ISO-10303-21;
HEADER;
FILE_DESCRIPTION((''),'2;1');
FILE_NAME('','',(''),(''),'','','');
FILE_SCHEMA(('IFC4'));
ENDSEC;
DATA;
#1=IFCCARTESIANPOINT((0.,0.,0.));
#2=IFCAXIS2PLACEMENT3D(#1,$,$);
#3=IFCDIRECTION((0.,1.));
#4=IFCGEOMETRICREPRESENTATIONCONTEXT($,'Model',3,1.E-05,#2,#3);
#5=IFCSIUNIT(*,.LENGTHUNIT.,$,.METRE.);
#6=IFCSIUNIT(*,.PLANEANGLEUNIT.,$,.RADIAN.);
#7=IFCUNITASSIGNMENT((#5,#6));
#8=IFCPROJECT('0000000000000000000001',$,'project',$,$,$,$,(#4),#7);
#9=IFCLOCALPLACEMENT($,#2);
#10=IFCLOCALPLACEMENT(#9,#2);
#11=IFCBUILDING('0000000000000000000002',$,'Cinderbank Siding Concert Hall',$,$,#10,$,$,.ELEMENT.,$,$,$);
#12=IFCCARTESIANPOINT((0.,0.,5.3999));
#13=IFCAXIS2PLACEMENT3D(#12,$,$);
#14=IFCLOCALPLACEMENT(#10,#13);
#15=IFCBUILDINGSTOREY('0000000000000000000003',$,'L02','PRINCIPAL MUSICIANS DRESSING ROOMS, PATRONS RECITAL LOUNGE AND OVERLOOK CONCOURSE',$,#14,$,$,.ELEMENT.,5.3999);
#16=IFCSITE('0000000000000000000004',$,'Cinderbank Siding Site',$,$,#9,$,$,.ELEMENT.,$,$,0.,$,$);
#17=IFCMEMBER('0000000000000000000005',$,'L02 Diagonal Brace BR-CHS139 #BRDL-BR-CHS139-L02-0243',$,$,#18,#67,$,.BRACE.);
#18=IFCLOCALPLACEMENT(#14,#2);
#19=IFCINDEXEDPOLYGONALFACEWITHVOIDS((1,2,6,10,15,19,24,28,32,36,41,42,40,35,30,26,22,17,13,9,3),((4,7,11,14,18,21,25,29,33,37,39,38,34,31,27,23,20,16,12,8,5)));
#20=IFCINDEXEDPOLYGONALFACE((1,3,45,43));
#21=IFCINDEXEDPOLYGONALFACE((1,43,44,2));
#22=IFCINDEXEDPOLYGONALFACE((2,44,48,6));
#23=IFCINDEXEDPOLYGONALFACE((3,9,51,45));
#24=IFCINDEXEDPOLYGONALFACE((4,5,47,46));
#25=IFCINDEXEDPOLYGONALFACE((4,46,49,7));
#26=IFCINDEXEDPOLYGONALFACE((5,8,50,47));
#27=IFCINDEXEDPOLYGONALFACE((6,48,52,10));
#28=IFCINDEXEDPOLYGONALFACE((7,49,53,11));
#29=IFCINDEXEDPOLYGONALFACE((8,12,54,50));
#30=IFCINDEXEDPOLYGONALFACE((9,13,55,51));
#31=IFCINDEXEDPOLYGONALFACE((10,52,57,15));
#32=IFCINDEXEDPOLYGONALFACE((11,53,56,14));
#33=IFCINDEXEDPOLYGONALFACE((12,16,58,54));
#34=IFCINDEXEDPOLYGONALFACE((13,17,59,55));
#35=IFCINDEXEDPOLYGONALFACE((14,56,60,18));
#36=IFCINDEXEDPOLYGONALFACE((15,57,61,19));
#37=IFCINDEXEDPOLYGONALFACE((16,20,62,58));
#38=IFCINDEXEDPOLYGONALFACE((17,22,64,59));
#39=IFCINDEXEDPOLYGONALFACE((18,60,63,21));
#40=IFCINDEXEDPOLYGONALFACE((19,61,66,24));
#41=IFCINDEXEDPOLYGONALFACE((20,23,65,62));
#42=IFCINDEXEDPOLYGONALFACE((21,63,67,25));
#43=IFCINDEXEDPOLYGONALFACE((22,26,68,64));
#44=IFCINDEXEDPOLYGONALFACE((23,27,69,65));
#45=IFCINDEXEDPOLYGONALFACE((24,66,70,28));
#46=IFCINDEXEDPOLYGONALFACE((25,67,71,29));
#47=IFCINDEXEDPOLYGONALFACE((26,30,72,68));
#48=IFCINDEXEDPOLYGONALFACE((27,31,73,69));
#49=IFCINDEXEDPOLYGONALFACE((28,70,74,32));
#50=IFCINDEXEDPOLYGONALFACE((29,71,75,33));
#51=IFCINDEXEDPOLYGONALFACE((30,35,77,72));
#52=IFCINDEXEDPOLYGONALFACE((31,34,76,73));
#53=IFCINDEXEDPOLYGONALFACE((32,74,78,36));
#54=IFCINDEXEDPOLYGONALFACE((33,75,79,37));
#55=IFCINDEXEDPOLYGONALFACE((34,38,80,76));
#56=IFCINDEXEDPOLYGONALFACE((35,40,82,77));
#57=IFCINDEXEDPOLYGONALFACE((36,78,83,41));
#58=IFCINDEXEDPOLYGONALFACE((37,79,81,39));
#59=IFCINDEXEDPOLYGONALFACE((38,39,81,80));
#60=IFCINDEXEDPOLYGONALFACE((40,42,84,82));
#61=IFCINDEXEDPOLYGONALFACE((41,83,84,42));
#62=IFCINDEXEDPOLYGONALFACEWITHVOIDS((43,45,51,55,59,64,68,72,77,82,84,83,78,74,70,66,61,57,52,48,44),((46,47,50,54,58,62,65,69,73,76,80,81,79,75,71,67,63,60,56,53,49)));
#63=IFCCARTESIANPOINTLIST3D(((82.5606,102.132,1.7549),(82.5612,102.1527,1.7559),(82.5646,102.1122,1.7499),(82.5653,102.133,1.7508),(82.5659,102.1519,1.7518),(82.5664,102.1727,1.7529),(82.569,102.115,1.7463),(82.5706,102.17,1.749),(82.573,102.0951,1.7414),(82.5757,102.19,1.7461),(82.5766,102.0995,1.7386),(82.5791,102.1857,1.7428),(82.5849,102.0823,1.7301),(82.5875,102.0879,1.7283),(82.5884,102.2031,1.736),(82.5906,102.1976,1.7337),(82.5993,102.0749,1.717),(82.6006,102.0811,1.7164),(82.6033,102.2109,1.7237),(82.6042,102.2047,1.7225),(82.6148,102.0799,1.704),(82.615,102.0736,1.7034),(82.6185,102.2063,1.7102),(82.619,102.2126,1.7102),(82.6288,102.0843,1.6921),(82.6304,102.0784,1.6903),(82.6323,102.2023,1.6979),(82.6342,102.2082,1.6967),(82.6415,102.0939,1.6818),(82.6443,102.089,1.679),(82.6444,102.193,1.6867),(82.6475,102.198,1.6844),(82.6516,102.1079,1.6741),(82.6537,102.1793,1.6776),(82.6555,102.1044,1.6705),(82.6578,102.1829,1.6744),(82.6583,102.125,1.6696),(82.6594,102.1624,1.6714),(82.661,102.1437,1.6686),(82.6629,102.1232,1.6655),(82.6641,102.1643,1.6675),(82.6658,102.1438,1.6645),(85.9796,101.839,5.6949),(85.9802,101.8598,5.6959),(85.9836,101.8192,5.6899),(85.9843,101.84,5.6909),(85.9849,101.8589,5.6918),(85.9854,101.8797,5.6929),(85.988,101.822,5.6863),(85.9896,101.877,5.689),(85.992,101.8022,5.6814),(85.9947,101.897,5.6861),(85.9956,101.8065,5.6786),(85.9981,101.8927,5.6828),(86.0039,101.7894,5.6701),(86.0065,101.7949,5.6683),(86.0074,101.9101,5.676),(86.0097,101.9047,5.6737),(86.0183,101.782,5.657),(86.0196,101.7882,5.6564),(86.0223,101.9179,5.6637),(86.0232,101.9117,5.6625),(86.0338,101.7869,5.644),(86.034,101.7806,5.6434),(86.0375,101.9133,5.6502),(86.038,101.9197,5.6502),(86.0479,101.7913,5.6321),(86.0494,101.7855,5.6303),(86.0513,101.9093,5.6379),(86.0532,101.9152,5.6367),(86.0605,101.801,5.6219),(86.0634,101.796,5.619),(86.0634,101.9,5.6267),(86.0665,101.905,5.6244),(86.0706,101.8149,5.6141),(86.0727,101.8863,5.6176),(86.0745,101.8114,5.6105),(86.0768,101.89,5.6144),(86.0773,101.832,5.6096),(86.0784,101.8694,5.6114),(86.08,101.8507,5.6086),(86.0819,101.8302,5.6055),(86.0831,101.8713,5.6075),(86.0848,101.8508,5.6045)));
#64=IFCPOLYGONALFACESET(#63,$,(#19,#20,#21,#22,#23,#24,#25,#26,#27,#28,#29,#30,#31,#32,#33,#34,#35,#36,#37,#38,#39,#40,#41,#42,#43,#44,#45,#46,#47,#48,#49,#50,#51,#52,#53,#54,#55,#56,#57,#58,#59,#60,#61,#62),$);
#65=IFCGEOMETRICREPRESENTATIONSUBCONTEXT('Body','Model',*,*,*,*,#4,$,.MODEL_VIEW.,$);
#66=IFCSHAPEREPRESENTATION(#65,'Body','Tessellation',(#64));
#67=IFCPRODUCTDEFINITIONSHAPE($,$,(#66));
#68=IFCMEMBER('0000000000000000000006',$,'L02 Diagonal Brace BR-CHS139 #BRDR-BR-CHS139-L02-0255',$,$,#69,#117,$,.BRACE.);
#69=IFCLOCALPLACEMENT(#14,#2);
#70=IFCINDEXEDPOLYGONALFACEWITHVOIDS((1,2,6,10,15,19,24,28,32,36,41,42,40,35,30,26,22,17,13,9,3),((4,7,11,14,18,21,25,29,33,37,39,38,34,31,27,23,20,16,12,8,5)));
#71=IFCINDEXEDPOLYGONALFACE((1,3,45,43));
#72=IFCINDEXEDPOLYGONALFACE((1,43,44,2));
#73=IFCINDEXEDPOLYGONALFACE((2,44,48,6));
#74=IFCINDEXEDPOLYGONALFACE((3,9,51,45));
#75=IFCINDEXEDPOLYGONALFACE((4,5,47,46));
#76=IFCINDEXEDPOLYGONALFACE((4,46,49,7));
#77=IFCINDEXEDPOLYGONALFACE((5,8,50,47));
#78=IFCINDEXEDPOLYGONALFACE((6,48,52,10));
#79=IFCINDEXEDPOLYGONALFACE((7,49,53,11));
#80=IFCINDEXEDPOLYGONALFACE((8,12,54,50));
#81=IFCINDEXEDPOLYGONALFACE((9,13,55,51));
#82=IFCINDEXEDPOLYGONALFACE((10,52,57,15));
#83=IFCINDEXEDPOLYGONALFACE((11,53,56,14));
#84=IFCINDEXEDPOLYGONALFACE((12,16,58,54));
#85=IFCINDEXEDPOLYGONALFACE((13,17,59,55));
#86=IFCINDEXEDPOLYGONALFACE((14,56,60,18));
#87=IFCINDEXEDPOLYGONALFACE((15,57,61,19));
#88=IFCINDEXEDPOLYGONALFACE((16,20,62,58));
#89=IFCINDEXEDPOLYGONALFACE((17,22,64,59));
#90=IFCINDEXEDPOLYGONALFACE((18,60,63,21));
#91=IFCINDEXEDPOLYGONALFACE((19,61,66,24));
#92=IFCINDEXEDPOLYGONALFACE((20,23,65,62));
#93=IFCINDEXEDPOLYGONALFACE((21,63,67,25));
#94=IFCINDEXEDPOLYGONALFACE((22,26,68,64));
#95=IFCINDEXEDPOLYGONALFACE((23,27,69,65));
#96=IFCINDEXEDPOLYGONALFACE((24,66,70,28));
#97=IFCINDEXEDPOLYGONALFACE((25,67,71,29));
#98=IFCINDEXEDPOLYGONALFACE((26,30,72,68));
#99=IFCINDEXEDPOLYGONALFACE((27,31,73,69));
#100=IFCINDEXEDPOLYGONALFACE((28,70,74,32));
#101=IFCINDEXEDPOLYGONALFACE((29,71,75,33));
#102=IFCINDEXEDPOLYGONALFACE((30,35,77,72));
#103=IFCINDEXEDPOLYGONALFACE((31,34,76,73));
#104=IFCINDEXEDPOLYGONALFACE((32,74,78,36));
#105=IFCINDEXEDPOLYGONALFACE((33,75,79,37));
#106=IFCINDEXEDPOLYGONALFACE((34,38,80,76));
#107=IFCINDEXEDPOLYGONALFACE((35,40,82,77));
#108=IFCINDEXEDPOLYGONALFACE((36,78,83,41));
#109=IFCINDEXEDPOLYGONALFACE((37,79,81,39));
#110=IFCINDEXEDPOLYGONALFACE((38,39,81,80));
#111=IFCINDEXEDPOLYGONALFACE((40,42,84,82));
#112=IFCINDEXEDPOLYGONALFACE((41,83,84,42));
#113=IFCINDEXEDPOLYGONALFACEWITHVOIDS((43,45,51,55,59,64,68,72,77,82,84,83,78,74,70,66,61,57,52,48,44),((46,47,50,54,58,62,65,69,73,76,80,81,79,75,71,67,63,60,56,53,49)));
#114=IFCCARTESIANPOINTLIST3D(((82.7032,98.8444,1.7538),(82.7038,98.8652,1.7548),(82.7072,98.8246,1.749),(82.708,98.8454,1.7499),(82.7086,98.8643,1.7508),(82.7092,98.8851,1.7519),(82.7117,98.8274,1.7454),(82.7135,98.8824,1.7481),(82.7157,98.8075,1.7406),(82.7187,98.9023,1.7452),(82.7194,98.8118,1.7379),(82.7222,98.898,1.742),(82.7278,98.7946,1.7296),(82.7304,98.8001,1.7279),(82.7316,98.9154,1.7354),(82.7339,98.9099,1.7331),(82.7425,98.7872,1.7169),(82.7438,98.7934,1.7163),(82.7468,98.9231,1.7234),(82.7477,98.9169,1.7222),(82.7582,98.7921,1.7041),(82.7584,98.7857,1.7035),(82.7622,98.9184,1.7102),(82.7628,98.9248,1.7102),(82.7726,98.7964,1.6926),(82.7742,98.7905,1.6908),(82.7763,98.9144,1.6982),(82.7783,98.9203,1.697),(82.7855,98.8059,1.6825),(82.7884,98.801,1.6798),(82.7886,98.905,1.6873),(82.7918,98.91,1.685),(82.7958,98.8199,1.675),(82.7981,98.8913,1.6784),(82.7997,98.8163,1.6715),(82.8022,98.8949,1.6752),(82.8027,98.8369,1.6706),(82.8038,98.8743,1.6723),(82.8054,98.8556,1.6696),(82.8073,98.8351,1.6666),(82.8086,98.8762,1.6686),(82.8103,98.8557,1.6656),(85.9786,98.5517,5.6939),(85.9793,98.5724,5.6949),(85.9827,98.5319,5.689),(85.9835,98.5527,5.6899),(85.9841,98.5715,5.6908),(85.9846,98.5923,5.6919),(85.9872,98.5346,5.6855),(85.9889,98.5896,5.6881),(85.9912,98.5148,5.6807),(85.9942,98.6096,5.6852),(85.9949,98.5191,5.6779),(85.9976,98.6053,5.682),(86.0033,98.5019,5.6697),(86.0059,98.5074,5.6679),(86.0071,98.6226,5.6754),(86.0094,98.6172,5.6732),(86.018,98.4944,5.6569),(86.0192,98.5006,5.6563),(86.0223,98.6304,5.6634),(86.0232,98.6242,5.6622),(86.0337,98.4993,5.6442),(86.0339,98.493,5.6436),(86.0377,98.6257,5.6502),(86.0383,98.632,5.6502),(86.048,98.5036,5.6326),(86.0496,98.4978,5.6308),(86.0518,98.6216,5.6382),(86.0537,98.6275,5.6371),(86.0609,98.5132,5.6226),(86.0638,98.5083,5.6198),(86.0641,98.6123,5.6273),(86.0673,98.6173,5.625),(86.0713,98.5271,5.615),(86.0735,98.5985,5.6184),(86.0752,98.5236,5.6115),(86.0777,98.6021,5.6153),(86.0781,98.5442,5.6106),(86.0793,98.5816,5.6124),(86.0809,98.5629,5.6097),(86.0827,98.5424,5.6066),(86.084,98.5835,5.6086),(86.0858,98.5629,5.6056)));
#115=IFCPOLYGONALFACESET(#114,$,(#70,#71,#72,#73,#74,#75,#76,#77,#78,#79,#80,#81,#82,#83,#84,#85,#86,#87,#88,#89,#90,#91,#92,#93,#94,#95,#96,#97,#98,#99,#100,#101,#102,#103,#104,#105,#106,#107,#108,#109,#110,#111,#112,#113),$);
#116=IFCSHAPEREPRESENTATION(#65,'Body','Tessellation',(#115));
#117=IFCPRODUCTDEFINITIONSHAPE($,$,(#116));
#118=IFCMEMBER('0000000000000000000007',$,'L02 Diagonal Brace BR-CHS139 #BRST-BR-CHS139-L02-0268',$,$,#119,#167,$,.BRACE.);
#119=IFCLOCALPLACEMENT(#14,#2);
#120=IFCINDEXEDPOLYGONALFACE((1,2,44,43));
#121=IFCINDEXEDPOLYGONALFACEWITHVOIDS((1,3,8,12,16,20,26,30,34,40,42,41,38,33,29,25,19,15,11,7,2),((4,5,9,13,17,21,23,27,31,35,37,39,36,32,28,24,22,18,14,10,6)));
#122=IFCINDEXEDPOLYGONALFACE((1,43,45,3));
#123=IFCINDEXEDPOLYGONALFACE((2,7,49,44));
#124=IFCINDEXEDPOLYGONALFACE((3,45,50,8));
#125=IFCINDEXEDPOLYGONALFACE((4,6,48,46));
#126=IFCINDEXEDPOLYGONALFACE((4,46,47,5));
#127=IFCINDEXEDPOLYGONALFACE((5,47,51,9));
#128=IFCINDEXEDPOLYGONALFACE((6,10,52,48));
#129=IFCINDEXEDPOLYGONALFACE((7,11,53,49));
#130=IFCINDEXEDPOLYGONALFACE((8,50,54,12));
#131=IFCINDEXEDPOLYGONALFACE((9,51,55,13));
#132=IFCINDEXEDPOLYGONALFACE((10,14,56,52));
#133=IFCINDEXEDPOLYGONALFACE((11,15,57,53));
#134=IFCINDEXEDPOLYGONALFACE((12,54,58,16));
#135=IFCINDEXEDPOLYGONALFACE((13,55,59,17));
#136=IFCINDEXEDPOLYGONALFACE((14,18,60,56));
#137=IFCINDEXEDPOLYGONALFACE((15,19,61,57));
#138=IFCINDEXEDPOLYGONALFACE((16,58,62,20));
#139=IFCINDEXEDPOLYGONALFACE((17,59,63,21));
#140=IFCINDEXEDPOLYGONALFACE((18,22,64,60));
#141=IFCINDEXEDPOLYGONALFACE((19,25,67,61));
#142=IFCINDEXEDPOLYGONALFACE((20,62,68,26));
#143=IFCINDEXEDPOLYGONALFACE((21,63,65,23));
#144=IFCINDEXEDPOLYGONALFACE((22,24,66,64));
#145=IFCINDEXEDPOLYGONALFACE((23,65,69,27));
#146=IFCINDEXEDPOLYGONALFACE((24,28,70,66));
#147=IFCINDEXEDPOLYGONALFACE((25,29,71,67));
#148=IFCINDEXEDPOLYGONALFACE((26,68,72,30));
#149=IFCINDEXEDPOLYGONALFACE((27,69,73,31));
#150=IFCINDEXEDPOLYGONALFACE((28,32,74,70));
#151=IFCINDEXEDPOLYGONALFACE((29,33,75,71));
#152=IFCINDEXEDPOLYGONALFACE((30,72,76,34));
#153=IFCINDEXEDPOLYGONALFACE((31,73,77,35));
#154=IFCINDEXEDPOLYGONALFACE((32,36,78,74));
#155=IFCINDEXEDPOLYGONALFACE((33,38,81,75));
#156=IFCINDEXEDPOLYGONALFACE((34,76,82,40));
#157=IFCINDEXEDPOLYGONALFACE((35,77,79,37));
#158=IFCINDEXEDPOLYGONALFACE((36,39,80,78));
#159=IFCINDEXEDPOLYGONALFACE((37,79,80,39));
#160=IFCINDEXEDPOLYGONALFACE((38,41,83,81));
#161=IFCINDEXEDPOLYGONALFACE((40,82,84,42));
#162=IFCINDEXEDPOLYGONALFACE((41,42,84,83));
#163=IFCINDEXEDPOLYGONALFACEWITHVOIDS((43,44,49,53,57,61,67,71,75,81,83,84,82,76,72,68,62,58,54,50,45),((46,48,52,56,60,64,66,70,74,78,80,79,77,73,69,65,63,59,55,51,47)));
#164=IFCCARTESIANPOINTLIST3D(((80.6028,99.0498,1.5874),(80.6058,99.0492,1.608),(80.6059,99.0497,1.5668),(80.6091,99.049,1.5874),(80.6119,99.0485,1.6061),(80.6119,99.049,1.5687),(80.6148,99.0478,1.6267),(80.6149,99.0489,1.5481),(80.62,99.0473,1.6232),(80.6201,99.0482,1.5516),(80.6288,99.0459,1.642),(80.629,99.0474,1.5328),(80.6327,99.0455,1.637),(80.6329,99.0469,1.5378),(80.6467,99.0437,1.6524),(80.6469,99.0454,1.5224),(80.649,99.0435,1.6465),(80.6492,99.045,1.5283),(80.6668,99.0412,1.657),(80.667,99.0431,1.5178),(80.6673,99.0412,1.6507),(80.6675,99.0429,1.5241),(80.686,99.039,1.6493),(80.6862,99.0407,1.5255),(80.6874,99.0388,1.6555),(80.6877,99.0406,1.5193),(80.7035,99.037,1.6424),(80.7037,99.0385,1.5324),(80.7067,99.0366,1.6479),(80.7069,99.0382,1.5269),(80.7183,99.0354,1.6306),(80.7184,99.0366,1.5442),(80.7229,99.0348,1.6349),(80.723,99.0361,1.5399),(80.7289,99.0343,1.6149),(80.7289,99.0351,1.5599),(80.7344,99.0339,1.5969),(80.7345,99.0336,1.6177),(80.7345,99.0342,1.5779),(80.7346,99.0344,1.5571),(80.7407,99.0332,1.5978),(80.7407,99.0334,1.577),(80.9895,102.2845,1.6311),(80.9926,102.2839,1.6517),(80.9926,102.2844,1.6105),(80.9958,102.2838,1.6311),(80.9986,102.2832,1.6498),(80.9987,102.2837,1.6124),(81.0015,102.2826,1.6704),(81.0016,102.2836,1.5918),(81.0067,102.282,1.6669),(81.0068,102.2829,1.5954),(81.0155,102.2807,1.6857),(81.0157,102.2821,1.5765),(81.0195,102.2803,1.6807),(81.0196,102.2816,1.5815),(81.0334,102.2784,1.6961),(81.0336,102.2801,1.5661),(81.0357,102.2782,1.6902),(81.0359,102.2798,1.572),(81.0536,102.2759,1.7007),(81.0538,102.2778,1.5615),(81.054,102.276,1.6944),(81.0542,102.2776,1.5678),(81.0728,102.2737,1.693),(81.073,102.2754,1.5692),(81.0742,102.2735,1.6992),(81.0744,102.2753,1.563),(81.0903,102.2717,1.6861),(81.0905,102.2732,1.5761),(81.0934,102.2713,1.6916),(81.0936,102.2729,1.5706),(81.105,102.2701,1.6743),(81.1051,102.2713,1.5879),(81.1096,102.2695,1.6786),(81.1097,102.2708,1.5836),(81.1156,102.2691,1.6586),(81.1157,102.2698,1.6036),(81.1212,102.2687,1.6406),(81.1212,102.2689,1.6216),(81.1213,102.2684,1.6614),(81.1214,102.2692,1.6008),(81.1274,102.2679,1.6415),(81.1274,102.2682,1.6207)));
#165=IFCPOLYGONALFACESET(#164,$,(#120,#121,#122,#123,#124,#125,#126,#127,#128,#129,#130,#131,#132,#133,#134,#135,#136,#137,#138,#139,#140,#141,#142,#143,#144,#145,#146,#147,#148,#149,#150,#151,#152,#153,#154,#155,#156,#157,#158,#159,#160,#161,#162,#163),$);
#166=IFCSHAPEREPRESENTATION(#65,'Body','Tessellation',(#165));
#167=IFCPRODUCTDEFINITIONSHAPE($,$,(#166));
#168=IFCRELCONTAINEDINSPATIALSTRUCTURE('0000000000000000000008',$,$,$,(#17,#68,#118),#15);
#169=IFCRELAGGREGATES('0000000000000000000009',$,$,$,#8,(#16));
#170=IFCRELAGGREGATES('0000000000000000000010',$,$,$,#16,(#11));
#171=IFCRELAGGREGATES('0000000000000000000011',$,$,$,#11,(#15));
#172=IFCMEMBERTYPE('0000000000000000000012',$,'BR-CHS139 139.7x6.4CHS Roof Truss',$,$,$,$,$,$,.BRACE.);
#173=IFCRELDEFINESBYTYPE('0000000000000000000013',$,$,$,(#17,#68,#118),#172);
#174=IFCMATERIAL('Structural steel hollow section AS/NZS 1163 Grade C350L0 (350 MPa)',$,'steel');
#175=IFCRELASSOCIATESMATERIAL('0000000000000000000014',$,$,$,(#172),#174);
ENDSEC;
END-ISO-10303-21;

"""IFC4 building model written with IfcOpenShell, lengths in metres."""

from ifc_helpers import new_model, si_unit, direction, frame, origin, origin_2d, place, context, subcontext, project, spatial, hollow_circle, extrude, material, material_profile, profile_set, type_object, element, save


model = new_model("IFC4")

# Units and contexts
model_context = context("Model", 3, precision=1e-05, world=origin(), true_north=direction((0.0, 1.0)))
body_context = subcontext(model_context, "Body", "Model", "MODEL_VIEW")
ifc_project = project(units=[si_unit("LENGTHUNIT", "METRE"), si_unit("PLANEANGLEUNIT", "RADIAN")], contexts=[model_context])

# Site, building, storey
site_placement = place(None, origin())
site = spatial("IfcSite", under=ifc_project, at=site_placement, Name="Cinderbank Siding Site", CompositionType="ELEMENT", RefElevation=0.0)
building_placement = place(site_placement, origin())
building = spatial("IfcBuilding", under=site, at=building_placement, Name="Cinderbank Siding Concert Hall", CompositionType="ELEMENT")
storey_placement = place(building_placement, frame((0.0, 0.0, 5.3999)))
storey = spatial("IfcBuildingStorey", under=building, at=storey_placement, Name="L02", Description="PRINCIPAL MUSICIANS DRESSING ROOMS, PATRONS RECITAL LOUNGE AND OVERLOOK CONCOURSE", CompositionType="ELEMENT", Elevation=5.3999)

# Members
ifc_material_1 = material(Name="Structural steel hollow section AS/NZS 1163 Grade C350L0 (350 MPa)", Category="steel")
ifc_material_profile_1 = material_profile(ifc_material_1, hollow_circle(Radius=0.0698, WallThickness=0.0063, at=origin_2d()), Name="139.7x6.4CHS", Category="LoadBearing")
ifc_profile_set_1 = profile_set([ifc_material_profile_1], Name="Structural steel hollow section AS/NZS 1163 Grade C350L0 (350 MPa)")
member_type_1 = type_object("IfcMemberType", Name="BR-CHS139 139.7x6.4CHS Roof Truss", PredefinedType="BRACE", material=ifc_profile_set_1)
member_1_placement = place(storey_placement, frame((82.613, 102.1431, 1.7102), z_axis=(0.654373, -0.056073, 0.75409), x_axis=(0.085377, 0.996349, 0.0)))
element("IfcMember", 1, at=member_1_placement, inside=storey, type_object=member_type_1, Name="L02 Diagonal Brace BR-CHS139 #BRDL-BR-CHS139-L02-0243", PredefinedType="BRACE", context=body_context, shape_type="SweptSolid", body=[
    extrude(hollow_circle(Radius=0.0698, WallThickness=0.0063, at=origin_2d()), origin(), (0.0, 0.0, 1.0), 5.2249),
])
member_2_placement = place(storey_placement, frame((82.7566, 98.8552, 1.7102), z_axis=(0.638234, -0.05704, 0.767726), x_axis=(0.089016, 0.99603, 0.0)))
element("IfcMember", 2, at=member_2_placement, inside=storey, type_object=member_type_1, Name="L02 Diagonal Brace BR-CHS139 #BRDR-BR-CHS139-L02-0255", PredefinedType="BRACE", context=body_context, shape_type="SweptSolid", body=[
    extrude(hollow_circle(Radius=0.0698, WallThickness=0.0063, at=origin_2d()), origin(), (0.0, 0.0, 1.0), 5.1321),
])
member_3_placement = place(storey_placement, frame((80.6721, 99.0415, 1.5874), z_axis=(0.1187, 0.99284, 0.013414), x_axis=(-0.992929, 0.118711, 0.0)))
element("IfcMember", 3, at=member_3_placement, inside=storey, type_object=member_type_1, Name="L02 Diagonal Brace BR-CHS139 #BRST-BR-CHS139-L02-0268", PredefinedType="BRACE", context=body_context, shape_type="SweptSolid", body=[
    extrude(hollow_circle(Radius=0.0698, WallThickness=0.0063, at=origin_2d()), origin(), (0.0, 0.0, 1.0), 3.2581),
])

save(model, "model.ifc")
